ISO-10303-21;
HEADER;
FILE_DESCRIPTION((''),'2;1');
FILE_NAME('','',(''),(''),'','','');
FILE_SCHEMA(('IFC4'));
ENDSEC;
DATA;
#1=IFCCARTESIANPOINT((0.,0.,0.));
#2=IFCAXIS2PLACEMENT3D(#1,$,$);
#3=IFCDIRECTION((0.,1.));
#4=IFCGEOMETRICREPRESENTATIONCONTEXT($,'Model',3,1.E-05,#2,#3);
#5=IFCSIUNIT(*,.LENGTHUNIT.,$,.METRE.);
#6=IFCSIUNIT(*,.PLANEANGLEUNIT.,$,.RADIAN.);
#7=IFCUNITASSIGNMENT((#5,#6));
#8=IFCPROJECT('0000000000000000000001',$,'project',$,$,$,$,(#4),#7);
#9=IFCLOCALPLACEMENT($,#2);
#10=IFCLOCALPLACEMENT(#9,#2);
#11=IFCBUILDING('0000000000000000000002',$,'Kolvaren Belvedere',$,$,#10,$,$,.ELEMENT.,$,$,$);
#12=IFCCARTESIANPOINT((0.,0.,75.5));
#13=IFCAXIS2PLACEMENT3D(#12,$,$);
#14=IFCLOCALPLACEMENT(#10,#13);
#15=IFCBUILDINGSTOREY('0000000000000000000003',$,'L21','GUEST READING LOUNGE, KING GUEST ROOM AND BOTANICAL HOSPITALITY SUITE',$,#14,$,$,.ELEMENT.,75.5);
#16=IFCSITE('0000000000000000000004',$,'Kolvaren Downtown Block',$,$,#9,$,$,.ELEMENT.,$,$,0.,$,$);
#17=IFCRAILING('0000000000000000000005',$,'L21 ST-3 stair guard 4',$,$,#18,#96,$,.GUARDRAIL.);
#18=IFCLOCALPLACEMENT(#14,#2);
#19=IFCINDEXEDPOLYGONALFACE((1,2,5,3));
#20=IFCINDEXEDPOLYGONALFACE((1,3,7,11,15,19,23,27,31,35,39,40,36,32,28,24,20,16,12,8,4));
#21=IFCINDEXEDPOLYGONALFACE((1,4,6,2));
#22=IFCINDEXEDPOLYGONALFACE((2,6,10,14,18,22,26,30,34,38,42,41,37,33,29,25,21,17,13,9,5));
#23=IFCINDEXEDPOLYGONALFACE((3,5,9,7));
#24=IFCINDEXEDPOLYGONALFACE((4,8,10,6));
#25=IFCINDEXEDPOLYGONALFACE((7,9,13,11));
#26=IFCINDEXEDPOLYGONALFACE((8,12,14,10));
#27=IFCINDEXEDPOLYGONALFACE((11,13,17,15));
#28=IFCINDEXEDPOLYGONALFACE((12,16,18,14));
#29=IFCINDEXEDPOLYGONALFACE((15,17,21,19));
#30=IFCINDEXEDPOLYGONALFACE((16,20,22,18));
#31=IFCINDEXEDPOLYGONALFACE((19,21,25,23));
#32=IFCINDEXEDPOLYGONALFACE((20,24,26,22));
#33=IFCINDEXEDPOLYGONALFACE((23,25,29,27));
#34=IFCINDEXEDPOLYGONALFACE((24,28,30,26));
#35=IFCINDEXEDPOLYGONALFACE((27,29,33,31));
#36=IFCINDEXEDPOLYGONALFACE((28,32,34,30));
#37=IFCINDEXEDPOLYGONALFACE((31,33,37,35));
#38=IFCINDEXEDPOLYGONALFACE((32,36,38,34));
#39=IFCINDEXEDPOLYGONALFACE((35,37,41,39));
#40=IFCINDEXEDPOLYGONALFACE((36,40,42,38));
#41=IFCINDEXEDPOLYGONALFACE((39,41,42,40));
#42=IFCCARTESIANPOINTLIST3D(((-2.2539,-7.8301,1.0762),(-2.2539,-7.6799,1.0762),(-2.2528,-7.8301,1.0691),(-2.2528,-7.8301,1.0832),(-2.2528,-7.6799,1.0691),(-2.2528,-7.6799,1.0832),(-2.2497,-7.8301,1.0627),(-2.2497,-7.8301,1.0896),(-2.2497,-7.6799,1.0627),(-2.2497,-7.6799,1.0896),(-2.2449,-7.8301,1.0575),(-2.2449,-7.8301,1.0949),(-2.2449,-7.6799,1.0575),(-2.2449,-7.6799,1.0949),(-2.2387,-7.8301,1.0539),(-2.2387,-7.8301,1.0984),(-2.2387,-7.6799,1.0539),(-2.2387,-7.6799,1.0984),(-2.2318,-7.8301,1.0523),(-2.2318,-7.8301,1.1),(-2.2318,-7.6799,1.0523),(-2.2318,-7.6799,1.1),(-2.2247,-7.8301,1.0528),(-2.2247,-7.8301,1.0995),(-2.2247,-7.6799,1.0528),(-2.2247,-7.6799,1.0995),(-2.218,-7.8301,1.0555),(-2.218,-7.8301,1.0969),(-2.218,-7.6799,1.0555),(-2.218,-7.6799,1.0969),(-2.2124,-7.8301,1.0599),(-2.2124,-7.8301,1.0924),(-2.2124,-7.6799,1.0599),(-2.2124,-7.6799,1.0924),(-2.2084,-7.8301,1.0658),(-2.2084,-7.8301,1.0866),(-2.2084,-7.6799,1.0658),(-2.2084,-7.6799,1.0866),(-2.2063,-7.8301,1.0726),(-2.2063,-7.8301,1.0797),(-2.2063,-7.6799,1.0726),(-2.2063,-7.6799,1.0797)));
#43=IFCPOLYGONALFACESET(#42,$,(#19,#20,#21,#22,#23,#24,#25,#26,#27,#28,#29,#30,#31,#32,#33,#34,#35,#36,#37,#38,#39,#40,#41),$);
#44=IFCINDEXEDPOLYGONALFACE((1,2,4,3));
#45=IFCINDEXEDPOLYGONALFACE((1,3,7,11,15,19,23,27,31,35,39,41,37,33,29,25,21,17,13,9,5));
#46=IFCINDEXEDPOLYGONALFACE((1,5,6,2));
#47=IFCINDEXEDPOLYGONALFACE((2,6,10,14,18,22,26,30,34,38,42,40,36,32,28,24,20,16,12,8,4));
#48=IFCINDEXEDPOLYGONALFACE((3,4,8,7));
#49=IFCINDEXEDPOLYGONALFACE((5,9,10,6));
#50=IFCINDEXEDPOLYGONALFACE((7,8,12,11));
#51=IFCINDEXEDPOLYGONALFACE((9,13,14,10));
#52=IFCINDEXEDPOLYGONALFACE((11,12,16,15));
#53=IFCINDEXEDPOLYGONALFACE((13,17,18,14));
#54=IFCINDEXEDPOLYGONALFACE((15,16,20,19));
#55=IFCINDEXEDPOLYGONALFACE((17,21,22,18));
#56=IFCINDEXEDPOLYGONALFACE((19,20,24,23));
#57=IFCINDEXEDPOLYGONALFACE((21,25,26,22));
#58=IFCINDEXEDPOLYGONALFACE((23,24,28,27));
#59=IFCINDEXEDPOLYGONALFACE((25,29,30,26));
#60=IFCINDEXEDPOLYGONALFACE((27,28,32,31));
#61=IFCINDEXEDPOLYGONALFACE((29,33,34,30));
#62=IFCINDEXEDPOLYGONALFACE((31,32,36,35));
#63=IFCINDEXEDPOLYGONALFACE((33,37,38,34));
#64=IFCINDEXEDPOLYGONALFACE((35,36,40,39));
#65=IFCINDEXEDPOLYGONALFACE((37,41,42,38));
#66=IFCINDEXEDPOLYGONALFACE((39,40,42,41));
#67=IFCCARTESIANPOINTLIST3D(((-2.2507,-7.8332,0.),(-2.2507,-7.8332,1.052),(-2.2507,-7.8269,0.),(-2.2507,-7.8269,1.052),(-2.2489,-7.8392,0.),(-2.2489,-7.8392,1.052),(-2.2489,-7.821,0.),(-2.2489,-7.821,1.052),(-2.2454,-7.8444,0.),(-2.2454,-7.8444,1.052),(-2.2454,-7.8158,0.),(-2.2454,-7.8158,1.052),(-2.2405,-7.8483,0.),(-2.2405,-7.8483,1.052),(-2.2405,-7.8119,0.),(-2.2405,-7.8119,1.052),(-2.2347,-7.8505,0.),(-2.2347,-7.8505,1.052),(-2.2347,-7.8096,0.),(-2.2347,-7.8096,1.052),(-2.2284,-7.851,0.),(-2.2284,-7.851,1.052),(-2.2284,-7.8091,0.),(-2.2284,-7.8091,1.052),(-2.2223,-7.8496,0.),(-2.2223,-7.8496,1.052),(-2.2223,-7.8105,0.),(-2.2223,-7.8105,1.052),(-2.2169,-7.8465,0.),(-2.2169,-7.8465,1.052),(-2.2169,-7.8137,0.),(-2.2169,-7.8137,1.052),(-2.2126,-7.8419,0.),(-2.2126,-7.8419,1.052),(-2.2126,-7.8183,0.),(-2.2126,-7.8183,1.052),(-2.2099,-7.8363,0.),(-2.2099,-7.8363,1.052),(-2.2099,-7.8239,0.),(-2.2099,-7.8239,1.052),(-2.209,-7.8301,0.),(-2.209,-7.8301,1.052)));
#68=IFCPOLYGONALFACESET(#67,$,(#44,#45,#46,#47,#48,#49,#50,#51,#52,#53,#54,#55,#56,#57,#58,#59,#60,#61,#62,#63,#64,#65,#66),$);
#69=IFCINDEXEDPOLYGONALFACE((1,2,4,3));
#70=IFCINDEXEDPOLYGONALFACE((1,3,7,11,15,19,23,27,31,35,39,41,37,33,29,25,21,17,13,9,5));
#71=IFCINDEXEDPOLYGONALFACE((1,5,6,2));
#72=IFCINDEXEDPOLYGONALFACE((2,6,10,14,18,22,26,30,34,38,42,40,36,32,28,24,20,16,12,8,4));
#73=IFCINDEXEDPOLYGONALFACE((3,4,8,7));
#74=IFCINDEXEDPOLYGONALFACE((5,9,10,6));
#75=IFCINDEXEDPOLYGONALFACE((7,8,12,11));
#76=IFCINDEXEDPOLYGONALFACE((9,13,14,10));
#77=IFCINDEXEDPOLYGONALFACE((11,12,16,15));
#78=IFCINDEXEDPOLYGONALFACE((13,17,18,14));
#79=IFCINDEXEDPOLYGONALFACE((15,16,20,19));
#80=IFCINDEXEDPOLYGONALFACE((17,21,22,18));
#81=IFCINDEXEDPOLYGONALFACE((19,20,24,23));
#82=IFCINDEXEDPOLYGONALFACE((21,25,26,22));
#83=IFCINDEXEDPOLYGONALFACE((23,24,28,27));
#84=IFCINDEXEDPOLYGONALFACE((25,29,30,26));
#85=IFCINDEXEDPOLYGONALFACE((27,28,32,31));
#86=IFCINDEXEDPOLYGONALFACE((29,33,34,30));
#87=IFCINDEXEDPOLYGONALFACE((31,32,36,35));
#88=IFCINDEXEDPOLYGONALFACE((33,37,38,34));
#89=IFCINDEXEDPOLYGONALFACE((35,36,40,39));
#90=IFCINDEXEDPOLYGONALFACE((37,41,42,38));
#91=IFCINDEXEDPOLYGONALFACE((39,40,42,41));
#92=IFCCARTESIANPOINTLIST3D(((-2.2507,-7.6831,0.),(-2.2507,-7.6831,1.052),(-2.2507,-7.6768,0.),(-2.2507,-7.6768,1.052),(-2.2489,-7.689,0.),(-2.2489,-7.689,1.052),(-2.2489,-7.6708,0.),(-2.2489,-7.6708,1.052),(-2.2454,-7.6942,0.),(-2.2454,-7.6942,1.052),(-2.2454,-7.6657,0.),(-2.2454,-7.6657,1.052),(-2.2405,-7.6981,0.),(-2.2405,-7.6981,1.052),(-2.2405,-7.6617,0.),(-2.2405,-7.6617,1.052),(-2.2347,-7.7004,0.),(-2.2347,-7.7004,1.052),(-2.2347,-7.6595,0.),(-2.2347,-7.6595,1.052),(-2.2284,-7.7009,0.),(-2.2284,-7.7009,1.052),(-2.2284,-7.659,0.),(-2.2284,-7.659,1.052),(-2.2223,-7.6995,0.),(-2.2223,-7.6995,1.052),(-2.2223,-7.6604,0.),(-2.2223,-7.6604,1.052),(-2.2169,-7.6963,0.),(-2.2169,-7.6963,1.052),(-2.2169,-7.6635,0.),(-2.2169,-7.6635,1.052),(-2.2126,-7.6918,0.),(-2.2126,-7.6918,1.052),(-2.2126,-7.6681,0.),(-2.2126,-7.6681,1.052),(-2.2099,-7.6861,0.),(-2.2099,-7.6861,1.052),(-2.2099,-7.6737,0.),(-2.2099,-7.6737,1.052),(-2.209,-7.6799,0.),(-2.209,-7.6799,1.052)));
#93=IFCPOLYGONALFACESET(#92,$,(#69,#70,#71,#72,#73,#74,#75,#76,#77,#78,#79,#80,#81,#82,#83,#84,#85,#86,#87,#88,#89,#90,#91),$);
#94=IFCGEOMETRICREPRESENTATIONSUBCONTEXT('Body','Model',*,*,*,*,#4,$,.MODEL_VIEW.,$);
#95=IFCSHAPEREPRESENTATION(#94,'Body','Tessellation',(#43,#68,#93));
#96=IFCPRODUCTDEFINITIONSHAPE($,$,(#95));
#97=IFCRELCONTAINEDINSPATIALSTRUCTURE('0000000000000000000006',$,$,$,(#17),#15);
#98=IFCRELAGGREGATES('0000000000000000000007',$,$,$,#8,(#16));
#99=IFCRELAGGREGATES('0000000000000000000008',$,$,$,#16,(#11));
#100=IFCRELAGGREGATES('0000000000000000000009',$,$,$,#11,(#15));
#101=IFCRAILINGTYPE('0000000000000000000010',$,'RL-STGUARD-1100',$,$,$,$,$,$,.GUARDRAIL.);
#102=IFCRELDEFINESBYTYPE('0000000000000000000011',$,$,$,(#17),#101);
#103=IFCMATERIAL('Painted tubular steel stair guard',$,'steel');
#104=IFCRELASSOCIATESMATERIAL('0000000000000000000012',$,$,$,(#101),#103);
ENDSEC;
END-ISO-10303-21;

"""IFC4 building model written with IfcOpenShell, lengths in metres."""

from ifc_helpers import new_model, si_unit, direction, frame, origin, origin_2d, place, context, subcontext, project, spatial, circle, extrude, material, type_object, element, save


model = new_model("IFC4")

# Units and contexts
model_context = context("Model", 3, precision=1e-05, world=origin(), true_north=direction((0.0, 1.0)))
body_context = subcontext(model_context, "Body", "Model", "MODEL_VIEW")
ifc_project = project(units=[si_unit("LENGTHUNIT", "METRE"), si_unit("PLANEANGLEUNIT", "RADIAN")], contexts=[model_context])

# Site, building, storey
site_placement = place(None, origin())
site = spatial("IfcSite", under=ifc_project, at=site_placement, Name="Kolvaren Downtown Block", CompositionType="ELEMENT", RefElevation=0.0)
building_placement = place(site_placement, origin())
building = spatial("IfcBuilding", under=site, at=building_placement, Name="Kolvaren Belvedere", CompositionType="ELEMENT")
storey_placement = place(building_placement, frame((0.0, 0.0, 75.5)))
storey = spatial("IfcBuildingStorey", under=building, at=storey_placement, Name="L21", Description="GUEST READING LOUNGE, KING GUEST ROOM AND BOTANICAL HOSPITALITY SUITE", CompositionType="ELEMENT", Elevation=75.5)

# Railing
ifc_material_1 = material(Name="Painted tubular steel stair guard", Category="steel")
railing_type_1 = type_object("IfcRailingType", Name="RL-STGUARD-1100", PredefinedType="GUARDRAIL", material=ifc_material_1)
railing_1_placement = place(storey_placement, frame((-2.23, -7.8301, 0.0)))
element("IfcRailing", 1, at=railing_1_placement, inside=storey, type_object=railing_type_1, Name="L21 ST-3 stair guard 4", PredefinedType="GUARDRAIL", context=body_context, shape_type="SweptSolid", body=[
    extrude(circle(Radius=0.0239, at=origin_2d()), frame((0.0, 0.0, 1.0762), z_axis=(0.0, 1.0, 0.0), x_axis=(-1.0, 0.0, 0.0)), (0.0, 0.0, 1.0), 0.1501),
    extrude(circle(Radius=0.021, at=origin_2d()), origin(), (0.0, 0.0, 1.0), 1.052),
    extrude(circle(Radius=0.021, at=origin_2d()), frame((0.0, 0.1501, 0.0)), (0.0, 0.0, 1.0), 1.052),
])

save(model, "model.ifc")
